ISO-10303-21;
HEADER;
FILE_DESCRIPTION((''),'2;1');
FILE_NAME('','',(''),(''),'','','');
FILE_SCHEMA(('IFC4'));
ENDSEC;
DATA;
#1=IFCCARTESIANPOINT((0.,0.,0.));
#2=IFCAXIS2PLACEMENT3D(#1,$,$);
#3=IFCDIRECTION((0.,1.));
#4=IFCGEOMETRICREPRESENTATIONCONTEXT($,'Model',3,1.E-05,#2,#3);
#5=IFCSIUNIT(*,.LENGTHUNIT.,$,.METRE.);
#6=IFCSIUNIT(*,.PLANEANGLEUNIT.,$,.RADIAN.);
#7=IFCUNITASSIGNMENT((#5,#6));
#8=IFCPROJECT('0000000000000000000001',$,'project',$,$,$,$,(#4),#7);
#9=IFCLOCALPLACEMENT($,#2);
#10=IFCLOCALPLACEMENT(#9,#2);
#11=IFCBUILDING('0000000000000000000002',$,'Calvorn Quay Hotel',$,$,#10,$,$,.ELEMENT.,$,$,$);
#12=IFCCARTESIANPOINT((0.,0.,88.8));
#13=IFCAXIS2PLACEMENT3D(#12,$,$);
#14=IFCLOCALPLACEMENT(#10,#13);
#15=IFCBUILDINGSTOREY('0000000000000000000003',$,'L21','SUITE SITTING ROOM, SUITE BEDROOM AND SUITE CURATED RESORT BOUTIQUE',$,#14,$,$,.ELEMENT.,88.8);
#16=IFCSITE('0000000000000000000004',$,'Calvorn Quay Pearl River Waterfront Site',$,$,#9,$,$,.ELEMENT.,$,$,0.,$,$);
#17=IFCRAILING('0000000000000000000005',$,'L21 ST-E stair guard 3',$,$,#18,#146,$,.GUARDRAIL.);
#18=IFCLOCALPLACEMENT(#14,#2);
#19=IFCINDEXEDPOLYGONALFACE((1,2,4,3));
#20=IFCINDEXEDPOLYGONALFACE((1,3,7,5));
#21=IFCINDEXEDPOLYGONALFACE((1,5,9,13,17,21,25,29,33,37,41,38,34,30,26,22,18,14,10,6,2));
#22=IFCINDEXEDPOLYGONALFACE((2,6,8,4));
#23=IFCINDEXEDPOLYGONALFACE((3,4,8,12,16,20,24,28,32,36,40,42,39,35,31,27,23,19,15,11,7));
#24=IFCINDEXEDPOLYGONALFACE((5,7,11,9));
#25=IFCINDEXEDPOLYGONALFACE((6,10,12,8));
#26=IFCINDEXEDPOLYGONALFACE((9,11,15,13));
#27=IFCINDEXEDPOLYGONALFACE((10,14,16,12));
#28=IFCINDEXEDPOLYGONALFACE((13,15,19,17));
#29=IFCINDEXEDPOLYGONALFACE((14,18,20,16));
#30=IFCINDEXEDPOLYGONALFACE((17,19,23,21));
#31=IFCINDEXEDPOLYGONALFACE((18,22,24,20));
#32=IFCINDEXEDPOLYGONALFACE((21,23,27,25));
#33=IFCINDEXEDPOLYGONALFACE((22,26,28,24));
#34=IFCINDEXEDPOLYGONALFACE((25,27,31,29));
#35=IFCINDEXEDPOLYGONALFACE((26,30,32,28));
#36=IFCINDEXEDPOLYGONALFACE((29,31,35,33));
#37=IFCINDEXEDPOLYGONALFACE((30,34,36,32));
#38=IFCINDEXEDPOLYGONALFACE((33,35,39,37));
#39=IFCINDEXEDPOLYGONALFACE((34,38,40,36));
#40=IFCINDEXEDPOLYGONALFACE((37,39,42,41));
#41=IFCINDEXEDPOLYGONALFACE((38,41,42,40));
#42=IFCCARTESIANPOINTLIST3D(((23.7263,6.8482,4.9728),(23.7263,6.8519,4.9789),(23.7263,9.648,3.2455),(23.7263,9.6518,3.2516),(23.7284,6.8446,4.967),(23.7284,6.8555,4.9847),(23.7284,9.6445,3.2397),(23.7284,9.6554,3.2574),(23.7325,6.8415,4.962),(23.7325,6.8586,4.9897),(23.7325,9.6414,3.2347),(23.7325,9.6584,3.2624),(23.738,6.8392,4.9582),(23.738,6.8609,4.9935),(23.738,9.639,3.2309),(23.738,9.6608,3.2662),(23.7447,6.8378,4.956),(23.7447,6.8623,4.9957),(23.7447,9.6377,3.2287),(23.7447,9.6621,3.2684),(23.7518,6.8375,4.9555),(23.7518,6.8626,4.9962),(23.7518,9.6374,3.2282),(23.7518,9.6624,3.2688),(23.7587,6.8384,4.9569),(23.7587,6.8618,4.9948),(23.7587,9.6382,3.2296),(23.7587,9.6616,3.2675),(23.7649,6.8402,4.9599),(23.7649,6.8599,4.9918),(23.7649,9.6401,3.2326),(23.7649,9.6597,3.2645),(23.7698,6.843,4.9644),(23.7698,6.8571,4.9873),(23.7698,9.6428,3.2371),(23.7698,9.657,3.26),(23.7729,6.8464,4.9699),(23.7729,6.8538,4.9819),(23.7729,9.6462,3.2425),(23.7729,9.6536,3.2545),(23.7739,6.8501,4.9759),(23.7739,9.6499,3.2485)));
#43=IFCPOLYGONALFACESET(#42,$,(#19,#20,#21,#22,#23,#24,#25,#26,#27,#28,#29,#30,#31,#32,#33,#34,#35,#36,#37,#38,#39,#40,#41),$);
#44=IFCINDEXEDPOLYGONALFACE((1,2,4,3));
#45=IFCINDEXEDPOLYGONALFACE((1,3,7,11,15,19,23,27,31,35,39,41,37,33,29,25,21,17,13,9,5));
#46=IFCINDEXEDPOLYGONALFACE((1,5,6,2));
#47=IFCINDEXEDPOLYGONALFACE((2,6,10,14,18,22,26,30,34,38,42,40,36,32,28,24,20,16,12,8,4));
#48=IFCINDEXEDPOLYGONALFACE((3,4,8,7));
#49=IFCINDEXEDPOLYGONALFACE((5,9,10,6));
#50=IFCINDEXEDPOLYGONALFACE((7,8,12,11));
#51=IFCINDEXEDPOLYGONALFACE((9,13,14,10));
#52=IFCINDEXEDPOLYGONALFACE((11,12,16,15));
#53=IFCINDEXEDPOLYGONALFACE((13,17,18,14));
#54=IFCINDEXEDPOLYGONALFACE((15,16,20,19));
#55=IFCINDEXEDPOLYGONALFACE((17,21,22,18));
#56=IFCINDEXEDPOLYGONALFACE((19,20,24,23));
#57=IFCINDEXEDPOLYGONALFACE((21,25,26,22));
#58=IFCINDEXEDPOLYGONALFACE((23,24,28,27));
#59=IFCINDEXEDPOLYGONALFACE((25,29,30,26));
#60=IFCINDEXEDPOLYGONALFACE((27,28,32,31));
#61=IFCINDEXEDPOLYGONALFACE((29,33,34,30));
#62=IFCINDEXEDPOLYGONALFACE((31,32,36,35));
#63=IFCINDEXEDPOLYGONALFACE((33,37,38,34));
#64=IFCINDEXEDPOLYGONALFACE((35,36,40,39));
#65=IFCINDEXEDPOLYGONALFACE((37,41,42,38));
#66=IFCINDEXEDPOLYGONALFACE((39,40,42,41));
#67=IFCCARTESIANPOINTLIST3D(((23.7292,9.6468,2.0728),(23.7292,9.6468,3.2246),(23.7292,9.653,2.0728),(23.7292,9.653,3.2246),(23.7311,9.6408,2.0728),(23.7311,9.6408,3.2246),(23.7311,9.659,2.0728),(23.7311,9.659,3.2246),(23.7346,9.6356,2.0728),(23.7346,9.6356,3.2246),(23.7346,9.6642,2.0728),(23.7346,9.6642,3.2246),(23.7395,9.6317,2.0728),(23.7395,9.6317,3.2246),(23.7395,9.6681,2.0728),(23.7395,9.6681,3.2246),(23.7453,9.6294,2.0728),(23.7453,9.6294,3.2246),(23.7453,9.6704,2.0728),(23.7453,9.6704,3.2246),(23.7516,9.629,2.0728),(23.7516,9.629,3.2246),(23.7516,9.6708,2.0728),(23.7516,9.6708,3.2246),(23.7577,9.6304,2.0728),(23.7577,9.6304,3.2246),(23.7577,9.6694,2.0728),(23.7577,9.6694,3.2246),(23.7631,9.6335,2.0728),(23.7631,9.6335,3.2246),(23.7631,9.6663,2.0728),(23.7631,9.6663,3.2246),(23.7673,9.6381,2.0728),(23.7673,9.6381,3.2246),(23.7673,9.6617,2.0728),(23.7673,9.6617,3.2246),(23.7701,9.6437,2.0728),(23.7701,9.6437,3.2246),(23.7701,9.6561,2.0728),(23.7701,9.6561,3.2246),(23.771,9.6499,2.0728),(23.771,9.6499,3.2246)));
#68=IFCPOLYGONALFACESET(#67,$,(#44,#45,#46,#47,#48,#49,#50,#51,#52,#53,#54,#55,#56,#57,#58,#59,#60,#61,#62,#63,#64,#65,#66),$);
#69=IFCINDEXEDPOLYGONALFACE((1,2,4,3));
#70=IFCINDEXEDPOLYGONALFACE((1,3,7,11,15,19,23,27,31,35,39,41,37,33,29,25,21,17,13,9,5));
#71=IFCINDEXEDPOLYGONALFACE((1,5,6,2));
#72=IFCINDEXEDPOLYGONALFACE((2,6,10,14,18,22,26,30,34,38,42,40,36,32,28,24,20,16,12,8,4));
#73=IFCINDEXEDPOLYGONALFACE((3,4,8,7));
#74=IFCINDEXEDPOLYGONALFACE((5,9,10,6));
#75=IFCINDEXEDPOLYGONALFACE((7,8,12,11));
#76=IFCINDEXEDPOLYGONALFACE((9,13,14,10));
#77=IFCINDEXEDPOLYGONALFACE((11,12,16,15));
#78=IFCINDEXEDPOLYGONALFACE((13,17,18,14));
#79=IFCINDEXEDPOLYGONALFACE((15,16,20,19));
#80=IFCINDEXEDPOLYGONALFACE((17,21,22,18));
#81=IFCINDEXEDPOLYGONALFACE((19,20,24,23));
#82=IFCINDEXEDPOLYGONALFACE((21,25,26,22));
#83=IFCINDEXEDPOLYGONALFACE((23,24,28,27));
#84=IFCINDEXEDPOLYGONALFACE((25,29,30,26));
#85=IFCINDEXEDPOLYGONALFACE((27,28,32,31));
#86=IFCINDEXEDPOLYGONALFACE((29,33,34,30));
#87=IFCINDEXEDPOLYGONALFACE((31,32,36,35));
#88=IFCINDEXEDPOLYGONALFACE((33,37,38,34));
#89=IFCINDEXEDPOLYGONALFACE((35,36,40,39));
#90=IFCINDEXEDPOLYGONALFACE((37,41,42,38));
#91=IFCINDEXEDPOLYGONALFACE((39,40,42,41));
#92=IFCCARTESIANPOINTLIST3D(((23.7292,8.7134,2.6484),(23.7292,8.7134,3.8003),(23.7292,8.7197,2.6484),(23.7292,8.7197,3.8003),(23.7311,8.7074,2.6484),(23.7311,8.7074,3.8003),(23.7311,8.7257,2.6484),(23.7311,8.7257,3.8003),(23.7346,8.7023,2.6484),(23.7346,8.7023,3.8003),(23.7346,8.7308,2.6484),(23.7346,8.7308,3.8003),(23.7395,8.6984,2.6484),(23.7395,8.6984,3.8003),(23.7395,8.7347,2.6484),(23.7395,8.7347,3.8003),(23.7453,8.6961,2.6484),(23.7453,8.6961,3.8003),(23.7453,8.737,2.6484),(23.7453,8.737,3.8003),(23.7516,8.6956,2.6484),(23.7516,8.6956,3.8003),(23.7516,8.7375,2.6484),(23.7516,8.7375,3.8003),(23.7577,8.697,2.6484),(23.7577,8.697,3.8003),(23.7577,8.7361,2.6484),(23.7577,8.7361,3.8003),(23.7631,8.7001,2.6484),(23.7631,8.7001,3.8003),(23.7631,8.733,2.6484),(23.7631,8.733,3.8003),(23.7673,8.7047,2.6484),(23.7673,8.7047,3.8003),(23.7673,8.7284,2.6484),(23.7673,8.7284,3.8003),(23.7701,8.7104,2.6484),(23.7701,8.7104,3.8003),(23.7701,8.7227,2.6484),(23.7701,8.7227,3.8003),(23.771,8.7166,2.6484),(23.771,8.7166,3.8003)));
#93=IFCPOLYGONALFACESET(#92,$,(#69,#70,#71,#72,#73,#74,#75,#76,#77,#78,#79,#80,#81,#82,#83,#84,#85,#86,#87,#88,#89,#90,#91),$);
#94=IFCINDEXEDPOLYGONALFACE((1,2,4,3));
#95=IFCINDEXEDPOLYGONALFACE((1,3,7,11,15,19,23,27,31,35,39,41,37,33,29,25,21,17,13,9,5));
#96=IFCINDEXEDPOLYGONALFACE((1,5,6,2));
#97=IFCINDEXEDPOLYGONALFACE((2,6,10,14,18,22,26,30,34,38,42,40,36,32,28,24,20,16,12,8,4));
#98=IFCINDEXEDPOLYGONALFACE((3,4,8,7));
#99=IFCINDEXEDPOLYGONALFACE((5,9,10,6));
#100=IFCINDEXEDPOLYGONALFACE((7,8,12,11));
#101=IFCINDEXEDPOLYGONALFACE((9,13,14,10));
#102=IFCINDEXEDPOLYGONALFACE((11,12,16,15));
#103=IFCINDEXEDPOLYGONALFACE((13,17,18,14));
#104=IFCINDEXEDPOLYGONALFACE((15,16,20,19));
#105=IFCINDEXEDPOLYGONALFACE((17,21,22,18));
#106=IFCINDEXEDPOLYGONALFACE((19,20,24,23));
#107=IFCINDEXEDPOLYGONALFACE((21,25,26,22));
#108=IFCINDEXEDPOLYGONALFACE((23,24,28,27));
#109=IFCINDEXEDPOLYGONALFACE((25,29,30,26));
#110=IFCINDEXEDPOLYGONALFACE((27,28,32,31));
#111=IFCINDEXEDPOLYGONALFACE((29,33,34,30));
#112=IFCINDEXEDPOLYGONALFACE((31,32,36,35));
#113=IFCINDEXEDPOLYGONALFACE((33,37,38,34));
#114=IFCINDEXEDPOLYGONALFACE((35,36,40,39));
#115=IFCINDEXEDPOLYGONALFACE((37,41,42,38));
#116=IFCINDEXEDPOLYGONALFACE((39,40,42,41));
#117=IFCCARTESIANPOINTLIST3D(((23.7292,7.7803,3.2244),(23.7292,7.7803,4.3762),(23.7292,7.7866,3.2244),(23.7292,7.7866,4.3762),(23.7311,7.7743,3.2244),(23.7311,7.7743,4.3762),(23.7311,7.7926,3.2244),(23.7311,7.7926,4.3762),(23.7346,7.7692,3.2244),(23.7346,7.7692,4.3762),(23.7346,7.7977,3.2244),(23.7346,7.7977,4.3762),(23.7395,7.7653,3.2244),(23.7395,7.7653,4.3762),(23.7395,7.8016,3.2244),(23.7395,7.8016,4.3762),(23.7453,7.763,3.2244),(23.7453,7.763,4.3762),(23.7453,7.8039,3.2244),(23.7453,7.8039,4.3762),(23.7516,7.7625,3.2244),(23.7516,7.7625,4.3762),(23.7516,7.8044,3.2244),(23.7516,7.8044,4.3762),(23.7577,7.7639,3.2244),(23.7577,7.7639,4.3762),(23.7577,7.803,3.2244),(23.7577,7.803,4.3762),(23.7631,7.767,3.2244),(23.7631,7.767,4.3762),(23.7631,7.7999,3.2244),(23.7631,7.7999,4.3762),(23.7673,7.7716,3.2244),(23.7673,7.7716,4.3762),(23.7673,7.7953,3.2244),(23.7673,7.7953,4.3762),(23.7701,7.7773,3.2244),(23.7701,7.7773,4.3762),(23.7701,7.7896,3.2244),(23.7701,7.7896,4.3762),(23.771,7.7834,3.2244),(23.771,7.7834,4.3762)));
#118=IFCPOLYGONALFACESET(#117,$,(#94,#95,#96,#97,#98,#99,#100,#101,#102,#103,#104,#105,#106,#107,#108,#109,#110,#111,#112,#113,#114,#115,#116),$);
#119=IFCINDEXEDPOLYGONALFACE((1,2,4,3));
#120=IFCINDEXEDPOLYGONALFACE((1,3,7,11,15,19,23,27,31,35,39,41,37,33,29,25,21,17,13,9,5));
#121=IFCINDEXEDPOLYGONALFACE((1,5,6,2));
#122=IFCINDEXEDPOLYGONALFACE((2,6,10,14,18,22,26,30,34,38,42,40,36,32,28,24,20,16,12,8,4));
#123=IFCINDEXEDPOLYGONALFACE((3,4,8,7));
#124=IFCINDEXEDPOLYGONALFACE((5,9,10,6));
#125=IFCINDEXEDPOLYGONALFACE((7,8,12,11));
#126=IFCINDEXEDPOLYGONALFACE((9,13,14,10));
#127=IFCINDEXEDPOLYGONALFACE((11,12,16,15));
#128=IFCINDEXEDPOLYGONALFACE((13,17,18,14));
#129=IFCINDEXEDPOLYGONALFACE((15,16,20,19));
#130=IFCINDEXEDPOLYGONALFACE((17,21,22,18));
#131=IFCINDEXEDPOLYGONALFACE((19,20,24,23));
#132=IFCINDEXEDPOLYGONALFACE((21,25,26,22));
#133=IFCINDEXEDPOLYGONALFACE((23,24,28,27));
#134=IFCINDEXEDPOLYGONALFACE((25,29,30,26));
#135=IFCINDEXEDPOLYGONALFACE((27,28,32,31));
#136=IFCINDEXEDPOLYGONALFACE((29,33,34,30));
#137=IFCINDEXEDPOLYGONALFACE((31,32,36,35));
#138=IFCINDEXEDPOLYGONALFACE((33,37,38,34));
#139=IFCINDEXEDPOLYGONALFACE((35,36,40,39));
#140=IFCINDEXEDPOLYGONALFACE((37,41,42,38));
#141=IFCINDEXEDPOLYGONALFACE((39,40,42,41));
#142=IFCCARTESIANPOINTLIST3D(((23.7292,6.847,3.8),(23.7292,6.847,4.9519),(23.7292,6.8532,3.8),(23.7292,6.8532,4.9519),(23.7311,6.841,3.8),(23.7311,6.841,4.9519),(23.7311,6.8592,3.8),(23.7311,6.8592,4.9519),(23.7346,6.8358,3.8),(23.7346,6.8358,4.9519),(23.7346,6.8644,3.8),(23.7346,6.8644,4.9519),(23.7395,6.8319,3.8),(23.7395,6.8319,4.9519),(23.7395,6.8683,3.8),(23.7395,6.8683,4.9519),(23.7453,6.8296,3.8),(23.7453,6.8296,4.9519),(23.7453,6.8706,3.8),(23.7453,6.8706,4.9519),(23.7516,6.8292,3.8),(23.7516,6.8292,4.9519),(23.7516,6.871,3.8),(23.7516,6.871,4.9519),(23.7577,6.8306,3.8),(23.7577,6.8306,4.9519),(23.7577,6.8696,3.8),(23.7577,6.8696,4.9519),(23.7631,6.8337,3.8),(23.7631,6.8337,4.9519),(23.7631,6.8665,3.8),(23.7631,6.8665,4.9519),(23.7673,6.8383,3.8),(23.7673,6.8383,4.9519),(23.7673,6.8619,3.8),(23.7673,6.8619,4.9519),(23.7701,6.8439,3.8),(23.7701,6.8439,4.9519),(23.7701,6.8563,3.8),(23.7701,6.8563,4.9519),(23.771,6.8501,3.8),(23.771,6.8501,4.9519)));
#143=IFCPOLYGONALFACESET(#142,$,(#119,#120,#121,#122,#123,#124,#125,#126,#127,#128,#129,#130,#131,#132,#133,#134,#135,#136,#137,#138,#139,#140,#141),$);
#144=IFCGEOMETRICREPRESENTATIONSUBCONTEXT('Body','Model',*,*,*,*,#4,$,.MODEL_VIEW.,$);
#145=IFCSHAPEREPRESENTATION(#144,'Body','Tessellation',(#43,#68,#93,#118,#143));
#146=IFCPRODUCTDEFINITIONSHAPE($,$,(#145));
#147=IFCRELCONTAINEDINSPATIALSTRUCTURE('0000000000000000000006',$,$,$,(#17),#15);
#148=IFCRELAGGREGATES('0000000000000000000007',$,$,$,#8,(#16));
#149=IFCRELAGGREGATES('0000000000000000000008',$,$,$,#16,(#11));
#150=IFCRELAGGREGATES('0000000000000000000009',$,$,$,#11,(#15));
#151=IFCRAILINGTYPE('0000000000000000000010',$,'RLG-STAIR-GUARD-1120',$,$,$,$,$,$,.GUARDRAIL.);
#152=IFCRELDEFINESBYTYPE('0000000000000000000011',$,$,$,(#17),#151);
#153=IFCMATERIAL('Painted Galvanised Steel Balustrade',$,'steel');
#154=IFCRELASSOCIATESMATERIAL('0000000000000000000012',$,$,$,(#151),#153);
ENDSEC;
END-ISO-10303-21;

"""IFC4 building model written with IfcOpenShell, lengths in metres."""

from ifc_helpers import new_model, si_unit, direction, frame, origin, origin_2d, place, context, subcontext, project, spatial, circle, extrude, material, type_object, element, save


model = new_model("IFC4")

# Units and contexts
model_context = context("Model", 3, precision=1e-05, world=origin(), true_north=direction((0.0, 1.0)))
body_context = subcontext(model_context, "Body", "Model", "MODEL_VIEW")
ifc_project = project(units=[si_unit("LENGTHUNIT", "METRE"), si_unit("PLANEANGLEUNIT", "RADIAN")], contexts=[model_context])

# Site, building, storey
site_placement = place(None, origin())
site = spatial("IfcSite", under=ifc_project, at=site_placement, Name="Calvorn Quay Pearl River Waterfront Site", CompositionType="ELEMENT", RefElevation=0.0)
building_placement = place(site_placement, origin())
building = spatial("IfcBuilding", under=site, at=building_placement, Name="Calvorn Quay Hotel", CompositionType="ELEMENT")
storey_placement = place(building_placement, frame((0.0, 0.0, 88.8)))
storey = spatial("IfcBuildingStorey", under=building, at=storey_placement, Name="L21", Description="SUITE SITTING ROOM, SUITE BEDROOM AND SUITE CURATED RESORT BOUTIQUE", CompositionType="ELEMENT", Elevation=88.8)

# Railing
ifc_material_1 = material(Name="Painted Galvanised Steel Balustrade", Category="steel")
railing_type_1 = type_object("IfcRailingType", Name="RLG-STAIR-GUARD-1120", PredefinedType="GUARDRAIL", material=ifc_material_1)
railing_1_placement = place(storey_placement, frame((23.75, 9.6499, 2.0728)))
element("IfcRailing", 1, at=railing_1_placement, inside=storey, type_object=railing_type_1, Name="L21 ST-E stair guard 3", PredefinedType="GUARDRAIL", context=body_context, shape_type="SweptSolid", body=[
    extrude(circle(Radius=0.0239, at=origin_2d()), frame((0.0, 0.0, 1.1758), z_axis=(0.0, -0.851069, 0.525054), x_axis=(1.0, 0.0, 0.0)), (0.0, 0.0, 1.0), 3.2898),
    extrude(circle(Radius=0.021, at=origin_2d()), origin(), (0.0, 0.0, 1.0), 1.1519),
    extrude(circle(Radius=0.021, at=origin_2d()), frame((0.0, -0.9333, 0.5757)), (0.0, 0.0, 1.0), 1.1519),
    extrude(circle(Radius=0.021, at=origin_2d()), frame((0.0, -1.8665, 1.1516)), (0.0, 0.0, 1.0), 1.1519),
    extrude(circle(Radius=0.021, at=origin_2d()), frame((0.0, -2.7998, 1.7273)), (0.0, 0.0, 1.0), 1.1519),
])

save(model, "model.ifc")
